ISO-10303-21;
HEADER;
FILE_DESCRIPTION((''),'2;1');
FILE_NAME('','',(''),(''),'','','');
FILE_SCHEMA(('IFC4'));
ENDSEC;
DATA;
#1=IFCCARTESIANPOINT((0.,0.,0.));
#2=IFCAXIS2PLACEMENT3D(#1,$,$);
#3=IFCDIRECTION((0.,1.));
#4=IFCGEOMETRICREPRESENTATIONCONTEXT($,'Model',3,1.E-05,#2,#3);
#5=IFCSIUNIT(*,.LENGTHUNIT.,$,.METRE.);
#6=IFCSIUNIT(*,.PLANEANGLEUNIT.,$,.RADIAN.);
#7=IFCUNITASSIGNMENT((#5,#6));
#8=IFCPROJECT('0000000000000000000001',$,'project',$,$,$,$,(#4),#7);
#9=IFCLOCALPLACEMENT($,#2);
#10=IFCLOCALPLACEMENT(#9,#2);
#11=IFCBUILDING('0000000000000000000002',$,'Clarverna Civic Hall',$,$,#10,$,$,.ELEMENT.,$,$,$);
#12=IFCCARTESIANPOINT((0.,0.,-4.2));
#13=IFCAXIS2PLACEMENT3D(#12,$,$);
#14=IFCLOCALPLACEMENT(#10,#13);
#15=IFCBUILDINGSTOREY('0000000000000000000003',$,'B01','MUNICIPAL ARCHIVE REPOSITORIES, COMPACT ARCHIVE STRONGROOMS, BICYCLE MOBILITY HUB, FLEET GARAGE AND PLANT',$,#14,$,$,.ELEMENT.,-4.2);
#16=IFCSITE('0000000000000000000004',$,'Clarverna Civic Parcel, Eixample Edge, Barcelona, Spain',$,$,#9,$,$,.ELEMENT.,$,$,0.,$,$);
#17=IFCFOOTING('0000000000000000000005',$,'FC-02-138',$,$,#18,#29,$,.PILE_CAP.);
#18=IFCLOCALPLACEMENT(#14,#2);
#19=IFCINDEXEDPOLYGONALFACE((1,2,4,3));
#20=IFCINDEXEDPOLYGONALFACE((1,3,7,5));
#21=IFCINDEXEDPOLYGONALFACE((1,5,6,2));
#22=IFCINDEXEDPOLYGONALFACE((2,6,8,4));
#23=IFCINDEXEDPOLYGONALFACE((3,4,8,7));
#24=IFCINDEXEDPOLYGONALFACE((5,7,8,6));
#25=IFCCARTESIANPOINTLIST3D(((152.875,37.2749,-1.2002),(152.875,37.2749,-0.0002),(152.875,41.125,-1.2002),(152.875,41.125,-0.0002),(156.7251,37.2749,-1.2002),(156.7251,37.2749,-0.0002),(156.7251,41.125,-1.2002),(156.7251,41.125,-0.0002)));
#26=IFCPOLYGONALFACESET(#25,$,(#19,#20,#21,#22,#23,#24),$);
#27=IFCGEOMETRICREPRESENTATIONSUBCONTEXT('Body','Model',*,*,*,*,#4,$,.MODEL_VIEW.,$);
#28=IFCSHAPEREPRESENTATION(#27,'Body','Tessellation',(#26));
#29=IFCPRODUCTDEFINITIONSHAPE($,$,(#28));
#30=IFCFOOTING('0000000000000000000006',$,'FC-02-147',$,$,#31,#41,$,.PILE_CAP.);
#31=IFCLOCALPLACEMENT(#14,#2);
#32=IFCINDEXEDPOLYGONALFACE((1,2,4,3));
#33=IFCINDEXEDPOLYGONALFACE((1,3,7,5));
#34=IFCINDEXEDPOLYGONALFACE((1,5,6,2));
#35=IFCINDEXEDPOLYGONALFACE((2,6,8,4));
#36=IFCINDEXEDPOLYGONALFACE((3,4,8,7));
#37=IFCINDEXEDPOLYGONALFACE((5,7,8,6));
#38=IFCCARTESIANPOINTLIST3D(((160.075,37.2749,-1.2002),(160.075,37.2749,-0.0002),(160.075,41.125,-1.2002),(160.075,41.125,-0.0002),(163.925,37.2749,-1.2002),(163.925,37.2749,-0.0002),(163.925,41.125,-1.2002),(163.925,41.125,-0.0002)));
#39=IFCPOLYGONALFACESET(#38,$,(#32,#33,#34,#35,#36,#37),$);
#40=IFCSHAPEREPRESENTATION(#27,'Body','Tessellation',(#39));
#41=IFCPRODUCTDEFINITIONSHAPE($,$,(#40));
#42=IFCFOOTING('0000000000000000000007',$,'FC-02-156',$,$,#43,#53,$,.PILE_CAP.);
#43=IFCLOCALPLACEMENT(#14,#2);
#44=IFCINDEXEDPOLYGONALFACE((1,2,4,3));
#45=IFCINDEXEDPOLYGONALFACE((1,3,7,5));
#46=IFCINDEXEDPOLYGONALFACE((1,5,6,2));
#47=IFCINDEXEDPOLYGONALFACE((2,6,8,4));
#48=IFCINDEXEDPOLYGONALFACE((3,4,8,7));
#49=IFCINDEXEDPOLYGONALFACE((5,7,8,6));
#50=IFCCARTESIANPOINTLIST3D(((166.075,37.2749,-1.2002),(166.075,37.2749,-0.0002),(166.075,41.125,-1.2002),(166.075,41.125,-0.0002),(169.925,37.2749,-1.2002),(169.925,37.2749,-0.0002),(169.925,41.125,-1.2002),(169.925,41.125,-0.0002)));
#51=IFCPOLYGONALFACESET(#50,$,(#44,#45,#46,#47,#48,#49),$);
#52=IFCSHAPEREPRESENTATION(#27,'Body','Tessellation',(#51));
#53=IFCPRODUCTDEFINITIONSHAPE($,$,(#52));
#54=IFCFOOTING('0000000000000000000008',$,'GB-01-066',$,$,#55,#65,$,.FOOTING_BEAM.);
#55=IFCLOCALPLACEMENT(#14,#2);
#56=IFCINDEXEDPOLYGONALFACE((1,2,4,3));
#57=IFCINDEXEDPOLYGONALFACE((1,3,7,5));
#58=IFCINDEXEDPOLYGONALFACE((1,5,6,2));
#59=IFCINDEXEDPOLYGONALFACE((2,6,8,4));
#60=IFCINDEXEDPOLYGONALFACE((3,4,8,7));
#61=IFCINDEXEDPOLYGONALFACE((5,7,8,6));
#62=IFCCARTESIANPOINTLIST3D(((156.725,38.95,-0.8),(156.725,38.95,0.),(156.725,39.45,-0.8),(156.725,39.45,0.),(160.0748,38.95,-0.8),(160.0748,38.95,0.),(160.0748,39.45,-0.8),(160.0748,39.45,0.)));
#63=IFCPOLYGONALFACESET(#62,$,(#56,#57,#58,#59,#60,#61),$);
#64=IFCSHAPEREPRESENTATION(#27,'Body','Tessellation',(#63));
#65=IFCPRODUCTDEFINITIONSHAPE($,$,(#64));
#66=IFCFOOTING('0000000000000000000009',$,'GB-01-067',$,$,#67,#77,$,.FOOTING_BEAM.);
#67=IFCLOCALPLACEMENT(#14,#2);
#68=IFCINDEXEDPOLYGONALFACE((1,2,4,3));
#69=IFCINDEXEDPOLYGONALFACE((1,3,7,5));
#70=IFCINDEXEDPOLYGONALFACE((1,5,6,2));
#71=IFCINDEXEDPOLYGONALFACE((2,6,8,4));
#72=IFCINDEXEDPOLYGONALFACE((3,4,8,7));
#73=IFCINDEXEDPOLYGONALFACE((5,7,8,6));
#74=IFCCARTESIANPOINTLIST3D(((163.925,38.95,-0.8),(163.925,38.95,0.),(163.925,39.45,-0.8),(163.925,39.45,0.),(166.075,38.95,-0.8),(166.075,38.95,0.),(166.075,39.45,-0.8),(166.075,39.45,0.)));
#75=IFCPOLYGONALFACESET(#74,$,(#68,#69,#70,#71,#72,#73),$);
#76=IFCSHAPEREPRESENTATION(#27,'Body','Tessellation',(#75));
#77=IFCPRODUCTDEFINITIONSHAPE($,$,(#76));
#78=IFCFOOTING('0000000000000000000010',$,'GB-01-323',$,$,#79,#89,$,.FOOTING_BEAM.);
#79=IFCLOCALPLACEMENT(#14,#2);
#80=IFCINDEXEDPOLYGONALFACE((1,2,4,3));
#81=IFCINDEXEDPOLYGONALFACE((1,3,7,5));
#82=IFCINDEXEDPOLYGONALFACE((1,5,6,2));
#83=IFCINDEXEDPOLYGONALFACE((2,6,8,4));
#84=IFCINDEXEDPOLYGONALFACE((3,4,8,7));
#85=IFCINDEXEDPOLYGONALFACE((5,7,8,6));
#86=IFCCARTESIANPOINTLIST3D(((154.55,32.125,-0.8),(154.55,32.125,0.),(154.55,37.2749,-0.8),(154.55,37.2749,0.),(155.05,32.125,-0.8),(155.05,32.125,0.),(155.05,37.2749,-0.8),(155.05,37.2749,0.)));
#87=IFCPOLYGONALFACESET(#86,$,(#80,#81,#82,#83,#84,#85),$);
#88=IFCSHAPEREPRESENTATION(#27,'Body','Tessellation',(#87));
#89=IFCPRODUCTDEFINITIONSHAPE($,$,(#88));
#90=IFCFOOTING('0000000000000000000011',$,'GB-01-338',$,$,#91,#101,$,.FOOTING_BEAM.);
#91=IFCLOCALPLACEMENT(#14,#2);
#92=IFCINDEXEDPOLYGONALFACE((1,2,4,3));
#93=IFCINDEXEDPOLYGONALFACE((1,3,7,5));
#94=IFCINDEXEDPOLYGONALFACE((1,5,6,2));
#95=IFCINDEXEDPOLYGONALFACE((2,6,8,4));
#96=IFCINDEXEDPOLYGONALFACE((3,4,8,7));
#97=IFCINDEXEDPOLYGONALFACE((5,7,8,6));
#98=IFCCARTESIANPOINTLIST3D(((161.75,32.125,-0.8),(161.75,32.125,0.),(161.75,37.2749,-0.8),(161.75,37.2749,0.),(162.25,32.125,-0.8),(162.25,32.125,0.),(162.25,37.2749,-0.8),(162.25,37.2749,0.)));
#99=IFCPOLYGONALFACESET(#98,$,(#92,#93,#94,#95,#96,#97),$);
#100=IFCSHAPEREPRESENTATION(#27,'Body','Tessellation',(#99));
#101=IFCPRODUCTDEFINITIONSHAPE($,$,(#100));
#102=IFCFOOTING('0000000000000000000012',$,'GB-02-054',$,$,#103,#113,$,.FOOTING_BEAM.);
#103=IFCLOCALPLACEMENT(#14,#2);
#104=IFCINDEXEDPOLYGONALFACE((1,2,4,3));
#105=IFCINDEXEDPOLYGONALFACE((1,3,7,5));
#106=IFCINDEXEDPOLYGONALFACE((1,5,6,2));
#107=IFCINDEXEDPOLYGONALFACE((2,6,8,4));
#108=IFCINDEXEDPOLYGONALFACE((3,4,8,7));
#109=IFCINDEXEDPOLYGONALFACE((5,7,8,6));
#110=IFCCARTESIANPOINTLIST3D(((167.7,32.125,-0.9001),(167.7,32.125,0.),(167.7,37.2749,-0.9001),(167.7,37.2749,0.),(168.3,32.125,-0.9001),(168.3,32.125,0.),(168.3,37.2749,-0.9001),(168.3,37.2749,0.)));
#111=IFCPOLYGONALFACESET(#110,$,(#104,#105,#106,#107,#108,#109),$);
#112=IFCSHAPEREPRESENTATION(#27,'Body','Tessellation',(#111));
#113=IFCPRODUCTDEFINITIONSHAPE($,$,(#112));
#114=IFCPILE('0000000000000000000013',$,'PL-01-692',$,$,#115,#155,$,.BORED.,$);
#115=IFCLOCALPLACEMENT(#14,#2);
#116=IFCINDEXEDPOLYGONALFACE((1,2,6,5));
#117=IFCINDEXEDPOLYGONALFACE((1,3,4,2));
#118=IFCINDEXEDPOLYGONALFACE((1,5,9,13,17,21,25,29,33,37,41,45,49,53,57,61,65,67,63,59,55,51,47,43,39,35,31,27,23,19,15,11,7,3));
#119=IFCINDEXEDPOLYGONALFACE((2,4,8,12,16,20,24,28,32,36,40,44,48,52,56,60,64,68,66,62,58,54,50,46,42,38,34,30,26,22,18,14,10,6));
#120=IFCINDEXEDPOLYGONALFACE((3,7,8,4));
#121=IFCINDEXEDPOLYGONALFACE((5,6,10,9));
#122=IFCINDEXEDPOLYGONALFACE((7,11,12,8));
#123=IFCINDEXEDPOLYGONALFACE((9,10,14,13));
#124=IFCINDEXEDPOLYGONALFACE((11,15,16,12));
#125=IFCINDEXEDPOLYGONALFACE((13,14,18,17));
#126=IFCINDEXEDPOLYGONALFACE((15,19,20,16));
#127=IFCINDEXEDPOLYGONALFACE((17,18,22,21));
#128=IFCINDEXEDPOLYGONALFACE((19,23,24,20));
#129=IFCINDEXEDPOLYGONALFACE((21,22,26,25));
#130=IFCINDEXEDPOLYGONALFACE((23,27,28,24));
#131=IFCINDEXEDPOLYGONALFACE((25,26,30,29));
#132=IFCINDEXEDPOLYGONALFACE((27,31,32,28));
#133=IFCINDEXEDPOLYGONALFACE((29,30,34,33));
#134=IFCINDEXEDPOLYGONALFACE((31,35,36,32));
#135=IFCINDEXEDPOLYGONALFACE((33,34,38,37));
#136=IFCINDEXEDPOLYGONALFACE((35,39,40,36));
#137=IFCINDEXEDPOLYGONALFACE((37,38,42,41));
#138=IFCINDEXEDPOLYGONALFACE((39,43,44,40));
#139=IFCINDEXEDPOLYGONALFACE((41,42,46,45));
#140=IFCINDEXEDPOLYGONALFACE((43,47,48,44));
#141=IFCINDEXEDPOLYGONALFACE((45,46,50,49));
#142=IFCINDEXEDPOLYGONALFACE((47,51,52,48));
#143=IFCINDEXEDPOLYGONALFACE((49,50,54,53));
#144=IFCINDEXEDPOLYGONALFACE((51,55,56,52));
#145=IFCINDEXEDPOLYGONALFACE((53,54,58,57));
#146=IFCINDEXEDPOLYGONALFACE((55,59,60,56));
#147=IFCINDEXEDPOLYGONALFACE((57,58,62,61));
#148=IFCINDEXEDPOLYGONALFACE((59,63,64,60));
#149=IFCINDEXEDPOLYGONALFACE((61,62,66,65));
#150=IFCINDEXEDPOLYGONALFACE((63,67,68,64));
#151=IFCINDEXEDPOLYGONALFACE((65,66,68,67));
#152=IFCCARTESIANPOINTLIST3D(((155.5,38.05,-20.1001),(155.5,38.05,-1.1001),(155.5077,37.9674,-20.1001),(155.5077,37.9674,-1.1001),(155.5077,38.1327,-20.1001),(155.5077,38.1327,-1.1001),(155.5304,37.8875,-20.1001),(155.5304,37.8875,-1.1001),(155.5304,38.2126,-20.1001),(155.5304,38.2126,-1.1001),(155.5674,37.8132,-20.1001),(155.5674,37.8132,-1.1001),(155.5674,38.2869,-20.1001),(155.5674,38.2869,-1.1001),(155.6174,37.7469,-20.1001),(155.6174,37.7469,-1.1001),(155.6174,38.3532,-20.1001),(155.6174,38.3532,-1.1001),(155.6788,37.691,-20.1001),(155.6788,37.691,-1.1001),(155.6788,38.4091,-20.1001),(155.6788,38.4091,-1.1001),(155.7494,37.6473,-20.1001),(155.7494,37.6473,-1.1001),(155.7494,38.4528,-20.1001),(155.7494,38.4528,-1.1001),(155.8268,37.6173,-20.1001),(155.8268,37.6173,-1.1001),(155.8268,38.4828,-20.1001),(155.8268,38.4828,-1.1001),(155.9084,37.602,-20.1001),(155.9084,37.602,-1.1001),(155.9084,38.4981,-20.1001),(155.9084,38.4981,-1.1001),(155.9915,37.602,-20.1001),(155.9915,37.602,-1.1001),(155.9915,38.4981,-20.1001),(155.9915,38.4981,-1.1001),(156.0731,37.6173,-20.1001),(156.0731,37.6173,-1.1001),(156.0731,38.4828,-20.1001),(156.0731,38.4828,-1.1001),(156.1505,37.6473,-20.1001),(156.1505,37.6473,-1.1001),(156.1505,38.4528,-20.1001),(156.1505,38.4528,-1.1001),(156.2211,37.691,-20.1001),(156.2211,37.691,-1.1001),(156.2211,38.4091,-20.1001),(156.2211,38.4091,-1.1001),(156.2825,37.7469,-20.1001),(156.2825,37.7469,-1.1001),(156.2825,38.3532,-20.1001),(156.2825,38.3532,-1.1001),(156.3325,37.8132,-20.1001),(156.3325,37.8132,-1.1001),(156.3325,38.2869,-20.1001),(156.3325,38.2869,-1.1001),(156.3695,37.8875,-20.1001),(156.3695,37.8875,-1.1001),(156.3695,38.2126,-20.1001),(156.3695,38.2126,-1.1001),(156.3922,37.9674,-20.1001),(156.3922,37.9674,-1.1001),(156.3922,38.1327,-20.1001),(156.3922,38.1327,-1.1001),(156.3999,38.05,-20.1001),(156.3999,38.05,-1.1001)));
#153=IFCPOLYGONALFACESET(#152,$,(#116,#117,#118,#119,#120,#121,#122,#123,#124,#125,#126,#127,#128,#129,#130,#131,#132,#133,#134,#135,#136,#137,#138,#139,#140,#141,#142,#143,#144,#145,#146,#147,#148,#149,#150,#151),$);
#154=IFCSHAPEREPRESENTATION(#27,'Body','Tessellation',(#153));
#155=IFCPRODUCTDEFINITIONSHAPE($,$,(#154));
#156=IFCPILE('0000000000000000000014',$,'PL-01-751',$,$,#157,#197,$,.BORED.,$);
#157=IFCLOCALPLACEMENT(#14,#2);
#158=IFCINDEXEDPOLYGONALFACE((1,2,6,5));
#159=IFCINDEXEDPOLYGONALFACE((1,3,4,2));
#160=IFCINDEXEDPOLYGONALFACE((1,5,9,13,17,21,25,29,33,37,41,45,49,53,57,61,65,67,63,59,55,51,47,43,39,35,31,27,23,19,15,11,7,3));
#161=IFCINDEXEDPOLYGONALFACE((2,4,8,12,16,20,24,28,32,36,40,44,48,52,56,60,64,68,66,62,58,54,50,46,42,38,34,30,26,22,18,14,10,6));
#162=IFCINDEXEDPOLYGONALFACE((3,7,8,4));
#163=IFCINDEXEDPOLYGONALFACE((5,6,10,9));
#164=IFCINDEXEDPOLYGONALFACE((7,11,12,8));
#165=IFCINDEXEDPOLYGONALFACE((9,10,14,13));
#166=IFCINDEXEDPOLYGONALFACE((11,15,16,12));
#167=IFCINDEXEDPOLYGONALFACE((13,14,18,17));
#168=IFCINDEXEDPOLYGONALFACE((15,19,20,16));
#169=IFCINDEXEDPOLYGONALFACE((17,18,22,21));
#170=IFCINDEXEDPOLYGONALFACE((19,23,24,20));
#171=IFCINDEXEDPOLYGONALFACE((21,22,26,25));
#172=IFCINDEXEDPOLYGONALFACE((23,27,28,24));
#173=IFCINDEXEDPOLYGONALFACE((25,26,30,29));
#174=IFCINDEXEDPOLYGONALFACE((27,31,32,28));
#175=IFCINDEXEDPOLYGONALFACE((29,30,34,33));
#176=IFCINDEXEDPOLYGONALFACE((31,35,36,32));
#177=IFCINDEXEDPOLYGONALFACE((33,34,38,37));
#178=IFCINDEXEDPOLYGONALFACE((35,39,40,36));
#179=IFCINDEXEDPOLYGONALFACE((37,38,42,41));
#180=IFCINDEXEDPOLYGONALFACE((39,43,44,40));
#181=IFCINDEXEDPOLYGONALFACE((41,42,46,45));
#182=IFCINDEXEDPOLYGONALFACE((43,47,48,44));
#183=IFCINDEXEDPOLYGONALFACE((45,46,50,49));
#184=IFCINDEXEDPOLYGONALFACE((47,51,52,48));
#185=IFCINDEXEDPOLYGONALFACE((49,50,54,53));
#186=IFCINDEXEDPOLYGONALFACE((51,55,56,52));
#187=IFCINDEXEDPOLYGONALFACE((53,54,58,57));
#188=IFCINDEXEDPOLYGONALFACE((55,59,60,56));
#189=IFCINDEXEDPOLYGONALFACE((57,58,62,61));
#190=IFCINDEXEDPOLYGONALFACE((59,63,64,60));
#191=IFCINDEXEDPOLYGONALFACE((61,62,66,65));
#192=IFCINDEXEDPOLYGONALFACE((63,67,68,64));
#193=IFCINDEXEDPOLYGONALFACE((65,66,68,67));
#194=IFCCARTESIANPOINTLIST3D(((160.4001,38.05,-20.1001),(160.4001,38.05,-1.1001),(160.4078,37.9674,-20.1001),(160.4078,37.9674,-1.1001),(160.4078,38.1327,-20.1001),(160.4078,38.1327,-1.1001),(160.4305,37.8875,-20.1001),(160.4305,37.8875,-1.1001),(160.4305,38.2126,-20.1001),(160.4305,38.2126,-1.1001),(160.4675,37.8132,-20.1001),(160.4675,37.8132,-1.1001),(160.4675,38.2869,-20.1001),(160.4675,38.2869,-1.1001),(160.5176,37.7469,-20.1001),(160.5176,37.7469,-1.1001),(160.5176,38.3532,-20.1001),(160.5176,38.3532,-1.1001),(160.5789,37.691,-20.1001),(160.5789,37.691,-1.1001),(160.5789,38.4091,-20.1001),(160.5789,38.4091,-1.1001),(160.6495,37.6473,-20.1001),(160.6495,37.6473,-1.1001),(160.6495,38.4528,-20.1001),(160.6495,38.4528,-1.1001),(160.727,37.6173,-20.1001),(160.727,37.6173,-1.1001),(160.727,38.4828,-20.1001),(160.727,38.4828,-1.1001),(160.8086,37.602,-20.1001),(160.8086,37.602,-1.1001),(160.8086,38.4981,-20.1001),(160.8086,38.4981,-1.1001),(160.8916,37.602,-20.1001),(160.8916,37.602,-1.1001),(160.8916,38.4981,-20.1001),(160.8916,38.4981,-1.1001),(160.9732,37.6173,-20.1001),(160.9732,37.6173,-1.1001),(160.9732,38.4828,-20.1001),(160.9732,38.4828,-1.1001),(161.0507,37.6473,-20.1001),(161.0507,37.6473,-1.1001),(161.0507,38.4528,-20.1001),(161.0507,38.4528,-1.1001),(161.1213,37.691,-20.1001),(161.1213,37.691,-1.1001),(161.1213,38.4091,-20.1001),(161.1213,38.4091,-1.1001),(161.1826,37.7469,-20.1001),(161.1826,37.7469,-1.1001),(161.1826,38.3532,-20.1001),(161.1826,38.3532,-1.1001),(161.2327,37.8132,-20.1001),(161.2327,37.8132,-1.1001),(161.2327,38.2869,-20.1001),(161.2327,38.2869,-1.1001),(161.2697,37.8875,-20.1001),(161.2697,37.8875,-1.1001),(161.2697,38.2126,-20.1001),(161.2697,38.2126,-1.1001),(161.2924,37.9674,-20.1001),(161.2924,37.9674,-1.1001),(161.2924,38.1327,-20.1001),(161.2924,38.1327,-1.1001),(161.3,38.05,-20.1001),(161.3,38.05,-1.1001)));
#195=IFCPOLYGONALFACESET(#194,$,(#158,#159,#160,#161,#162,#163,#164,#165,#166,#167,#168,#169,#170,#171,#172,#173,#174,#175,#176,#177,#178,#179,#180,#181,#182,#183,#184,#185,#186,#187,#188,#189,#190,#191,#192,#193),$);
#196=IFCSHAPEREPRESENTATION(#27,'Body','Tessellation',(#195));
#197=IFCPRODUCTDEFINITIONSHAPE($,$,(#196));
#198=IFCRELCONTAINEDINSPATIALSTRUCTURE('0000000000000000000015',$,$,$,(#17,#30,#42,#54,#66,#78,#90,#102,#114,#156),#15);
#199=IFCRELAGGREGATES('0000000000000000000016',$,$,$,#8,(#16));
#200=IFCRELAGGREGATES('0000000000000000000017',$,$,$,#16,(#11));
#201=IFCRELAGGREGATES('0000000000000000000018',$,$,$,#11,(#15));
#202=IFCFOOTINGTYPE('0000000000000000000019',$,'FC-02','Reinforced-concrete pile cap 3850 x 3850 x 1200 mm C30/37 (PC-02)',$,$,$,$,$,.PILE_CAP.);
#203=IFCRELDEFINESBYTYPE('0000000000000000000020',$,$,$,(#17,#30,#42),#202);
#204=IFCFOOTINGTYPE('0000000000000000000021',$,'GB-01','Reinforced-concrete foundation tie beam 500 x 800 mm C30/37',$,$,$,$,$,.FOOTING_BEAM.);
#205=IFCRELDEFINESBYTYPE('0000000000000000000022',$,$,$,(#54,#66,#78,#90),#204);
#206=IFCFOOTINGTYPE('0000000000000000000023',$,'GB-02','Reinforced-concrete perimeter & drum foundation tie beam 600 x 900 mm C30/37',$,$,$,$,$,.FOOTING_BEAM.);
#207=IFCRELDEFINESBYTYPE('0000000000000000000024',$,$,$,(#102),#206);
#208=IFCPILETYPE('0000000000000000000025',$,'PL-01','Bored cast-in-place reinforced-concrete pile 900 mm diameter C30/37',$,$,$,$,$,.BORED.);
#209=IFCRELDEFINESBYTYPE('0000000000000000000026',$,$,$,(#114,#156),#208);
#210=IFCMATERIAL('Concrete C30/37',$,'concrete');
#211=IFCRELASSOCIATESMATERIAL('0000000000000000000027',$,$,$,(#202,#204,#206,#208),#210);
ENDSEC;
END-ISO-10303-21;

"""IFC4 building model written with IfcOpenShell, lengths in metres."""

from ifc_helpers import new_model, si_unit, direction, frame, frame_2d, origin, origin_2d, place, context, subcontext, project, spatial, rectangle, circle, extrude, material, material_profile, profile_set, type_object, element, save


model = new_model("IFC4")

# Units and contexts
model_context = context("Model", 3, precision=1e-05, world=origin(), true_north=direction((0.0, 1.0)))
body_context = subcontext(model_context, "Body", "Model", "MODEL_VIEW")
ifc_project = project(units=[si_unit("LENGTHUNIT", "METRE"), si_unit("PLANEANGLEUNIT", "RADIAN")], contexts=[model_context])

# Site, building, storey
site_placement = place(None, origin())
site = spatial("IfcSite", under=ifc_project, at=site_placement, Name="Clarverna Civic Parcel, Eixample Edge, Barcelona, Spain", CompositionType="ELEMENT", RefElevation=0.0)
building_placement = place(site_placement, origin())
building = spatial("IfcBuilding", under=site, at=building_placement, Name="Clarverna Civic Hall", CompositionType="ELEMENT")
storey_placement = place(building_placement, frame((0.0, 0.0, -4.2)))
storey = spatial("IfcBuildingStorey", under=building, at=storey_placement, Name="B01", Description="MUNICIPAL ARCHIVE REPOSITORIES, COMPACT ARCHIVE STRONGROOMS, BICYCLE MOBILITY HUB, FLEET GARAGE AND PLANT", CompositionType="ELEMENT", Elevation=-4.2)

# Footings
ifc_material_1 = material(Name="Concrete C30/37", Category="concrete")
footing_type_1 = type_object("IfcFootingType", Name="FC-02", Description="Reinforced-concrete pile cap 3850 x 3850 x 1200 mm C30/37 (PC-02)", PredefinedType="PILE_CAP", material=ifc_material_1)
for number, where, z_axis, x_axis, name in (
    (1, (154.8, 39.2, -1.2002), (0.0, 0.0, 1.0), (1.0, 0.0, 0.0), "FC-02-138"),
    (2, (162.0, 39.2, -1.2002), (0.0, 0.0, 1.0), (1.0, 0.0, 0.0), "FC-02-147"),
    (3, (168.0, 39.2, -1.2002), (0.0, 0.0, 1.0), (1.0, 0.0, 0.0), "FC-02-156"),
):
    element("IfcFooting", number, at=place(storey_placement, frame(where, z_axis=z_axis, x_axis=x_axis)), inside=storey, type_object=footing_type_1, Name=name, PredefinedType="PILE_CAP", context=body_context, shape_type="SweptSolid", body=[
        extrude(rectangle(XDim=3.8501, YDim=3.8501, at=origin_2d()), origin(), (0.0, 0.0, 1.0), 1.2),
    ])
footing_type_2 = type_object("IfcFootingType", Name="GB-01", Description="Reinforced-concrete foundation tie beam 500 x 800 mm C30/37", PredefinedType="FOOTING_BEAM", material=ifc_material_1)
footing_1_placement = place(storey_placement, frame((156.7251, 39.2, -0.8), z_axis=(0.0, 0.0, 1.0), x_axis=(1.0, 0.0, 0.0)))
element("IfcFooting", 4, at=footing_1_placement, inside=storey, type_object=footing_type_2, Name="GB-01-066", PredefinedType="FOOTING_BEAM", context=body_context, shape_type="SweptSolid", body=[
    extrude(rectangle(XDim=3.3499, YDim=0.5, at=frame_2d((1.6748, 0.0))), origin(), (0.0, 0.0, 1.0), 0.8),
])
footing_2_placement = place(storey_placement, frame((163.925, 39.2, -0.8), z_axis=(0.0, 0.0, 1.0), x_axis=(1.0, 0.0, 0.0)))
element("IfcFooting", 5, at=footing_2_placement, inside=storey, type_object=footing_type_2, Name="GB-01-067", PredefinedType="FOOTING_BEAM", context=body_context, shape_type="SweptSolid", body=[
    extrude(rectangle(XDim=2.1499, YDim=0.5, at=frame_2d((1.075, 0.0))), origin(), (0.0, 0.0, 1.0), 0.8),
])
for number, where, z_axis, x_axis, name in (
    (6, (154.8, 32.125, -0.8), (0.0, 0.0, 1.0), (0.0, 1.0, 0.0), "GB-01-323"),
    (7, (162.0, 32.125, -0.8), (0.0, 0.0, 1.0), (0.0, 1.0, 0.0), "GB-01-338"),
):
    element("IfcFooting", number, at=place(storey_placement, frame(where, z_axis=z_axis, x_axis=x_axis)), inside=storey, type_object=footing_type_2, Name=name, PredefinedType="FOOTING_BEAM", context=body_context, shape_type="SweptSolid", body=[
        extrude(rectangle(XDim=5.1499, YDim=0.5, at=frame_2d((2.575, 0.0))), origin(), (0.0, 0.0, 1.0), 0.8),
    ])
footing_type_3 = type_object("IfcFootingType", Name="GB-02", Description="Reinforced-concrete perimeter & drum foundation tie beam 600 x 900 mm C30/37", PredefinedType="FOOTING_BEAM", material=ifc_material_1)
footing_3_placement = place(storey_placement, frame((168.0, 32.125, -0.9001), z_axis=(0.0, 0.0, 1.0), x_axis=(0.0, 1.0, 0.0)))
element("IfcFooting", 8, at=footing_3_placement, inside=storey, type_object=footing_type_3, Name="GB-02-054", PredefinedType="FOOTING_BEAM", context=body_context, shape_type="SweptSolid", body=[
    extrude(rectangle(XDim=5.1499, YDim=0.6001, at=frame_2d((2.575, 0.0))), origin(), (0.0, 0.0, 1.0), 0.9001),
])

# Piles
ifc_material_profile_1 = material_profile(ifc_material_1, circle(Radius=0.45, at=origin_2d()), Name="BORED PILE D900")
ifc_profile_set_1 = profile_set([ifc_material_profile_1], Name="Concrete C30/37")
pile_type = type_object("IfcPileType", Name="PL-01", Description="Bored cast-in-place reinforced-concrete pile 900 mm diameter C30/37", PredefinedType="BORED", material=ifc_profile_set_1)
for number, where, z_axis, x_axis, name in (
    (9, (155.95, 38.05, -1.1001), (0.0, 0.0, -1.0), (1.0, 0.0, 0.0), "PL-01-692"),
    (10, (160.8501, 38.05, -1.1001), (0.0, 0.0, -1.0), (1.0, 0.0, 0.0), "PL-01-751"),
):
    element("IfcPile", number, at=place(storey_placement, frame(where, z_axis=z_axis, x_axis=x_axis)), inside=storey, type_object=pile_type, Name=name, PredefinedType="BORED", context=body_context, shape_type="SweptSolid", body=[
        extrude(circle(Radius=0.45, at=origin_2d()), origin(), (0.0, 0.0, 1.0), 19.0),
    ])

save(model, "model.ifc")
